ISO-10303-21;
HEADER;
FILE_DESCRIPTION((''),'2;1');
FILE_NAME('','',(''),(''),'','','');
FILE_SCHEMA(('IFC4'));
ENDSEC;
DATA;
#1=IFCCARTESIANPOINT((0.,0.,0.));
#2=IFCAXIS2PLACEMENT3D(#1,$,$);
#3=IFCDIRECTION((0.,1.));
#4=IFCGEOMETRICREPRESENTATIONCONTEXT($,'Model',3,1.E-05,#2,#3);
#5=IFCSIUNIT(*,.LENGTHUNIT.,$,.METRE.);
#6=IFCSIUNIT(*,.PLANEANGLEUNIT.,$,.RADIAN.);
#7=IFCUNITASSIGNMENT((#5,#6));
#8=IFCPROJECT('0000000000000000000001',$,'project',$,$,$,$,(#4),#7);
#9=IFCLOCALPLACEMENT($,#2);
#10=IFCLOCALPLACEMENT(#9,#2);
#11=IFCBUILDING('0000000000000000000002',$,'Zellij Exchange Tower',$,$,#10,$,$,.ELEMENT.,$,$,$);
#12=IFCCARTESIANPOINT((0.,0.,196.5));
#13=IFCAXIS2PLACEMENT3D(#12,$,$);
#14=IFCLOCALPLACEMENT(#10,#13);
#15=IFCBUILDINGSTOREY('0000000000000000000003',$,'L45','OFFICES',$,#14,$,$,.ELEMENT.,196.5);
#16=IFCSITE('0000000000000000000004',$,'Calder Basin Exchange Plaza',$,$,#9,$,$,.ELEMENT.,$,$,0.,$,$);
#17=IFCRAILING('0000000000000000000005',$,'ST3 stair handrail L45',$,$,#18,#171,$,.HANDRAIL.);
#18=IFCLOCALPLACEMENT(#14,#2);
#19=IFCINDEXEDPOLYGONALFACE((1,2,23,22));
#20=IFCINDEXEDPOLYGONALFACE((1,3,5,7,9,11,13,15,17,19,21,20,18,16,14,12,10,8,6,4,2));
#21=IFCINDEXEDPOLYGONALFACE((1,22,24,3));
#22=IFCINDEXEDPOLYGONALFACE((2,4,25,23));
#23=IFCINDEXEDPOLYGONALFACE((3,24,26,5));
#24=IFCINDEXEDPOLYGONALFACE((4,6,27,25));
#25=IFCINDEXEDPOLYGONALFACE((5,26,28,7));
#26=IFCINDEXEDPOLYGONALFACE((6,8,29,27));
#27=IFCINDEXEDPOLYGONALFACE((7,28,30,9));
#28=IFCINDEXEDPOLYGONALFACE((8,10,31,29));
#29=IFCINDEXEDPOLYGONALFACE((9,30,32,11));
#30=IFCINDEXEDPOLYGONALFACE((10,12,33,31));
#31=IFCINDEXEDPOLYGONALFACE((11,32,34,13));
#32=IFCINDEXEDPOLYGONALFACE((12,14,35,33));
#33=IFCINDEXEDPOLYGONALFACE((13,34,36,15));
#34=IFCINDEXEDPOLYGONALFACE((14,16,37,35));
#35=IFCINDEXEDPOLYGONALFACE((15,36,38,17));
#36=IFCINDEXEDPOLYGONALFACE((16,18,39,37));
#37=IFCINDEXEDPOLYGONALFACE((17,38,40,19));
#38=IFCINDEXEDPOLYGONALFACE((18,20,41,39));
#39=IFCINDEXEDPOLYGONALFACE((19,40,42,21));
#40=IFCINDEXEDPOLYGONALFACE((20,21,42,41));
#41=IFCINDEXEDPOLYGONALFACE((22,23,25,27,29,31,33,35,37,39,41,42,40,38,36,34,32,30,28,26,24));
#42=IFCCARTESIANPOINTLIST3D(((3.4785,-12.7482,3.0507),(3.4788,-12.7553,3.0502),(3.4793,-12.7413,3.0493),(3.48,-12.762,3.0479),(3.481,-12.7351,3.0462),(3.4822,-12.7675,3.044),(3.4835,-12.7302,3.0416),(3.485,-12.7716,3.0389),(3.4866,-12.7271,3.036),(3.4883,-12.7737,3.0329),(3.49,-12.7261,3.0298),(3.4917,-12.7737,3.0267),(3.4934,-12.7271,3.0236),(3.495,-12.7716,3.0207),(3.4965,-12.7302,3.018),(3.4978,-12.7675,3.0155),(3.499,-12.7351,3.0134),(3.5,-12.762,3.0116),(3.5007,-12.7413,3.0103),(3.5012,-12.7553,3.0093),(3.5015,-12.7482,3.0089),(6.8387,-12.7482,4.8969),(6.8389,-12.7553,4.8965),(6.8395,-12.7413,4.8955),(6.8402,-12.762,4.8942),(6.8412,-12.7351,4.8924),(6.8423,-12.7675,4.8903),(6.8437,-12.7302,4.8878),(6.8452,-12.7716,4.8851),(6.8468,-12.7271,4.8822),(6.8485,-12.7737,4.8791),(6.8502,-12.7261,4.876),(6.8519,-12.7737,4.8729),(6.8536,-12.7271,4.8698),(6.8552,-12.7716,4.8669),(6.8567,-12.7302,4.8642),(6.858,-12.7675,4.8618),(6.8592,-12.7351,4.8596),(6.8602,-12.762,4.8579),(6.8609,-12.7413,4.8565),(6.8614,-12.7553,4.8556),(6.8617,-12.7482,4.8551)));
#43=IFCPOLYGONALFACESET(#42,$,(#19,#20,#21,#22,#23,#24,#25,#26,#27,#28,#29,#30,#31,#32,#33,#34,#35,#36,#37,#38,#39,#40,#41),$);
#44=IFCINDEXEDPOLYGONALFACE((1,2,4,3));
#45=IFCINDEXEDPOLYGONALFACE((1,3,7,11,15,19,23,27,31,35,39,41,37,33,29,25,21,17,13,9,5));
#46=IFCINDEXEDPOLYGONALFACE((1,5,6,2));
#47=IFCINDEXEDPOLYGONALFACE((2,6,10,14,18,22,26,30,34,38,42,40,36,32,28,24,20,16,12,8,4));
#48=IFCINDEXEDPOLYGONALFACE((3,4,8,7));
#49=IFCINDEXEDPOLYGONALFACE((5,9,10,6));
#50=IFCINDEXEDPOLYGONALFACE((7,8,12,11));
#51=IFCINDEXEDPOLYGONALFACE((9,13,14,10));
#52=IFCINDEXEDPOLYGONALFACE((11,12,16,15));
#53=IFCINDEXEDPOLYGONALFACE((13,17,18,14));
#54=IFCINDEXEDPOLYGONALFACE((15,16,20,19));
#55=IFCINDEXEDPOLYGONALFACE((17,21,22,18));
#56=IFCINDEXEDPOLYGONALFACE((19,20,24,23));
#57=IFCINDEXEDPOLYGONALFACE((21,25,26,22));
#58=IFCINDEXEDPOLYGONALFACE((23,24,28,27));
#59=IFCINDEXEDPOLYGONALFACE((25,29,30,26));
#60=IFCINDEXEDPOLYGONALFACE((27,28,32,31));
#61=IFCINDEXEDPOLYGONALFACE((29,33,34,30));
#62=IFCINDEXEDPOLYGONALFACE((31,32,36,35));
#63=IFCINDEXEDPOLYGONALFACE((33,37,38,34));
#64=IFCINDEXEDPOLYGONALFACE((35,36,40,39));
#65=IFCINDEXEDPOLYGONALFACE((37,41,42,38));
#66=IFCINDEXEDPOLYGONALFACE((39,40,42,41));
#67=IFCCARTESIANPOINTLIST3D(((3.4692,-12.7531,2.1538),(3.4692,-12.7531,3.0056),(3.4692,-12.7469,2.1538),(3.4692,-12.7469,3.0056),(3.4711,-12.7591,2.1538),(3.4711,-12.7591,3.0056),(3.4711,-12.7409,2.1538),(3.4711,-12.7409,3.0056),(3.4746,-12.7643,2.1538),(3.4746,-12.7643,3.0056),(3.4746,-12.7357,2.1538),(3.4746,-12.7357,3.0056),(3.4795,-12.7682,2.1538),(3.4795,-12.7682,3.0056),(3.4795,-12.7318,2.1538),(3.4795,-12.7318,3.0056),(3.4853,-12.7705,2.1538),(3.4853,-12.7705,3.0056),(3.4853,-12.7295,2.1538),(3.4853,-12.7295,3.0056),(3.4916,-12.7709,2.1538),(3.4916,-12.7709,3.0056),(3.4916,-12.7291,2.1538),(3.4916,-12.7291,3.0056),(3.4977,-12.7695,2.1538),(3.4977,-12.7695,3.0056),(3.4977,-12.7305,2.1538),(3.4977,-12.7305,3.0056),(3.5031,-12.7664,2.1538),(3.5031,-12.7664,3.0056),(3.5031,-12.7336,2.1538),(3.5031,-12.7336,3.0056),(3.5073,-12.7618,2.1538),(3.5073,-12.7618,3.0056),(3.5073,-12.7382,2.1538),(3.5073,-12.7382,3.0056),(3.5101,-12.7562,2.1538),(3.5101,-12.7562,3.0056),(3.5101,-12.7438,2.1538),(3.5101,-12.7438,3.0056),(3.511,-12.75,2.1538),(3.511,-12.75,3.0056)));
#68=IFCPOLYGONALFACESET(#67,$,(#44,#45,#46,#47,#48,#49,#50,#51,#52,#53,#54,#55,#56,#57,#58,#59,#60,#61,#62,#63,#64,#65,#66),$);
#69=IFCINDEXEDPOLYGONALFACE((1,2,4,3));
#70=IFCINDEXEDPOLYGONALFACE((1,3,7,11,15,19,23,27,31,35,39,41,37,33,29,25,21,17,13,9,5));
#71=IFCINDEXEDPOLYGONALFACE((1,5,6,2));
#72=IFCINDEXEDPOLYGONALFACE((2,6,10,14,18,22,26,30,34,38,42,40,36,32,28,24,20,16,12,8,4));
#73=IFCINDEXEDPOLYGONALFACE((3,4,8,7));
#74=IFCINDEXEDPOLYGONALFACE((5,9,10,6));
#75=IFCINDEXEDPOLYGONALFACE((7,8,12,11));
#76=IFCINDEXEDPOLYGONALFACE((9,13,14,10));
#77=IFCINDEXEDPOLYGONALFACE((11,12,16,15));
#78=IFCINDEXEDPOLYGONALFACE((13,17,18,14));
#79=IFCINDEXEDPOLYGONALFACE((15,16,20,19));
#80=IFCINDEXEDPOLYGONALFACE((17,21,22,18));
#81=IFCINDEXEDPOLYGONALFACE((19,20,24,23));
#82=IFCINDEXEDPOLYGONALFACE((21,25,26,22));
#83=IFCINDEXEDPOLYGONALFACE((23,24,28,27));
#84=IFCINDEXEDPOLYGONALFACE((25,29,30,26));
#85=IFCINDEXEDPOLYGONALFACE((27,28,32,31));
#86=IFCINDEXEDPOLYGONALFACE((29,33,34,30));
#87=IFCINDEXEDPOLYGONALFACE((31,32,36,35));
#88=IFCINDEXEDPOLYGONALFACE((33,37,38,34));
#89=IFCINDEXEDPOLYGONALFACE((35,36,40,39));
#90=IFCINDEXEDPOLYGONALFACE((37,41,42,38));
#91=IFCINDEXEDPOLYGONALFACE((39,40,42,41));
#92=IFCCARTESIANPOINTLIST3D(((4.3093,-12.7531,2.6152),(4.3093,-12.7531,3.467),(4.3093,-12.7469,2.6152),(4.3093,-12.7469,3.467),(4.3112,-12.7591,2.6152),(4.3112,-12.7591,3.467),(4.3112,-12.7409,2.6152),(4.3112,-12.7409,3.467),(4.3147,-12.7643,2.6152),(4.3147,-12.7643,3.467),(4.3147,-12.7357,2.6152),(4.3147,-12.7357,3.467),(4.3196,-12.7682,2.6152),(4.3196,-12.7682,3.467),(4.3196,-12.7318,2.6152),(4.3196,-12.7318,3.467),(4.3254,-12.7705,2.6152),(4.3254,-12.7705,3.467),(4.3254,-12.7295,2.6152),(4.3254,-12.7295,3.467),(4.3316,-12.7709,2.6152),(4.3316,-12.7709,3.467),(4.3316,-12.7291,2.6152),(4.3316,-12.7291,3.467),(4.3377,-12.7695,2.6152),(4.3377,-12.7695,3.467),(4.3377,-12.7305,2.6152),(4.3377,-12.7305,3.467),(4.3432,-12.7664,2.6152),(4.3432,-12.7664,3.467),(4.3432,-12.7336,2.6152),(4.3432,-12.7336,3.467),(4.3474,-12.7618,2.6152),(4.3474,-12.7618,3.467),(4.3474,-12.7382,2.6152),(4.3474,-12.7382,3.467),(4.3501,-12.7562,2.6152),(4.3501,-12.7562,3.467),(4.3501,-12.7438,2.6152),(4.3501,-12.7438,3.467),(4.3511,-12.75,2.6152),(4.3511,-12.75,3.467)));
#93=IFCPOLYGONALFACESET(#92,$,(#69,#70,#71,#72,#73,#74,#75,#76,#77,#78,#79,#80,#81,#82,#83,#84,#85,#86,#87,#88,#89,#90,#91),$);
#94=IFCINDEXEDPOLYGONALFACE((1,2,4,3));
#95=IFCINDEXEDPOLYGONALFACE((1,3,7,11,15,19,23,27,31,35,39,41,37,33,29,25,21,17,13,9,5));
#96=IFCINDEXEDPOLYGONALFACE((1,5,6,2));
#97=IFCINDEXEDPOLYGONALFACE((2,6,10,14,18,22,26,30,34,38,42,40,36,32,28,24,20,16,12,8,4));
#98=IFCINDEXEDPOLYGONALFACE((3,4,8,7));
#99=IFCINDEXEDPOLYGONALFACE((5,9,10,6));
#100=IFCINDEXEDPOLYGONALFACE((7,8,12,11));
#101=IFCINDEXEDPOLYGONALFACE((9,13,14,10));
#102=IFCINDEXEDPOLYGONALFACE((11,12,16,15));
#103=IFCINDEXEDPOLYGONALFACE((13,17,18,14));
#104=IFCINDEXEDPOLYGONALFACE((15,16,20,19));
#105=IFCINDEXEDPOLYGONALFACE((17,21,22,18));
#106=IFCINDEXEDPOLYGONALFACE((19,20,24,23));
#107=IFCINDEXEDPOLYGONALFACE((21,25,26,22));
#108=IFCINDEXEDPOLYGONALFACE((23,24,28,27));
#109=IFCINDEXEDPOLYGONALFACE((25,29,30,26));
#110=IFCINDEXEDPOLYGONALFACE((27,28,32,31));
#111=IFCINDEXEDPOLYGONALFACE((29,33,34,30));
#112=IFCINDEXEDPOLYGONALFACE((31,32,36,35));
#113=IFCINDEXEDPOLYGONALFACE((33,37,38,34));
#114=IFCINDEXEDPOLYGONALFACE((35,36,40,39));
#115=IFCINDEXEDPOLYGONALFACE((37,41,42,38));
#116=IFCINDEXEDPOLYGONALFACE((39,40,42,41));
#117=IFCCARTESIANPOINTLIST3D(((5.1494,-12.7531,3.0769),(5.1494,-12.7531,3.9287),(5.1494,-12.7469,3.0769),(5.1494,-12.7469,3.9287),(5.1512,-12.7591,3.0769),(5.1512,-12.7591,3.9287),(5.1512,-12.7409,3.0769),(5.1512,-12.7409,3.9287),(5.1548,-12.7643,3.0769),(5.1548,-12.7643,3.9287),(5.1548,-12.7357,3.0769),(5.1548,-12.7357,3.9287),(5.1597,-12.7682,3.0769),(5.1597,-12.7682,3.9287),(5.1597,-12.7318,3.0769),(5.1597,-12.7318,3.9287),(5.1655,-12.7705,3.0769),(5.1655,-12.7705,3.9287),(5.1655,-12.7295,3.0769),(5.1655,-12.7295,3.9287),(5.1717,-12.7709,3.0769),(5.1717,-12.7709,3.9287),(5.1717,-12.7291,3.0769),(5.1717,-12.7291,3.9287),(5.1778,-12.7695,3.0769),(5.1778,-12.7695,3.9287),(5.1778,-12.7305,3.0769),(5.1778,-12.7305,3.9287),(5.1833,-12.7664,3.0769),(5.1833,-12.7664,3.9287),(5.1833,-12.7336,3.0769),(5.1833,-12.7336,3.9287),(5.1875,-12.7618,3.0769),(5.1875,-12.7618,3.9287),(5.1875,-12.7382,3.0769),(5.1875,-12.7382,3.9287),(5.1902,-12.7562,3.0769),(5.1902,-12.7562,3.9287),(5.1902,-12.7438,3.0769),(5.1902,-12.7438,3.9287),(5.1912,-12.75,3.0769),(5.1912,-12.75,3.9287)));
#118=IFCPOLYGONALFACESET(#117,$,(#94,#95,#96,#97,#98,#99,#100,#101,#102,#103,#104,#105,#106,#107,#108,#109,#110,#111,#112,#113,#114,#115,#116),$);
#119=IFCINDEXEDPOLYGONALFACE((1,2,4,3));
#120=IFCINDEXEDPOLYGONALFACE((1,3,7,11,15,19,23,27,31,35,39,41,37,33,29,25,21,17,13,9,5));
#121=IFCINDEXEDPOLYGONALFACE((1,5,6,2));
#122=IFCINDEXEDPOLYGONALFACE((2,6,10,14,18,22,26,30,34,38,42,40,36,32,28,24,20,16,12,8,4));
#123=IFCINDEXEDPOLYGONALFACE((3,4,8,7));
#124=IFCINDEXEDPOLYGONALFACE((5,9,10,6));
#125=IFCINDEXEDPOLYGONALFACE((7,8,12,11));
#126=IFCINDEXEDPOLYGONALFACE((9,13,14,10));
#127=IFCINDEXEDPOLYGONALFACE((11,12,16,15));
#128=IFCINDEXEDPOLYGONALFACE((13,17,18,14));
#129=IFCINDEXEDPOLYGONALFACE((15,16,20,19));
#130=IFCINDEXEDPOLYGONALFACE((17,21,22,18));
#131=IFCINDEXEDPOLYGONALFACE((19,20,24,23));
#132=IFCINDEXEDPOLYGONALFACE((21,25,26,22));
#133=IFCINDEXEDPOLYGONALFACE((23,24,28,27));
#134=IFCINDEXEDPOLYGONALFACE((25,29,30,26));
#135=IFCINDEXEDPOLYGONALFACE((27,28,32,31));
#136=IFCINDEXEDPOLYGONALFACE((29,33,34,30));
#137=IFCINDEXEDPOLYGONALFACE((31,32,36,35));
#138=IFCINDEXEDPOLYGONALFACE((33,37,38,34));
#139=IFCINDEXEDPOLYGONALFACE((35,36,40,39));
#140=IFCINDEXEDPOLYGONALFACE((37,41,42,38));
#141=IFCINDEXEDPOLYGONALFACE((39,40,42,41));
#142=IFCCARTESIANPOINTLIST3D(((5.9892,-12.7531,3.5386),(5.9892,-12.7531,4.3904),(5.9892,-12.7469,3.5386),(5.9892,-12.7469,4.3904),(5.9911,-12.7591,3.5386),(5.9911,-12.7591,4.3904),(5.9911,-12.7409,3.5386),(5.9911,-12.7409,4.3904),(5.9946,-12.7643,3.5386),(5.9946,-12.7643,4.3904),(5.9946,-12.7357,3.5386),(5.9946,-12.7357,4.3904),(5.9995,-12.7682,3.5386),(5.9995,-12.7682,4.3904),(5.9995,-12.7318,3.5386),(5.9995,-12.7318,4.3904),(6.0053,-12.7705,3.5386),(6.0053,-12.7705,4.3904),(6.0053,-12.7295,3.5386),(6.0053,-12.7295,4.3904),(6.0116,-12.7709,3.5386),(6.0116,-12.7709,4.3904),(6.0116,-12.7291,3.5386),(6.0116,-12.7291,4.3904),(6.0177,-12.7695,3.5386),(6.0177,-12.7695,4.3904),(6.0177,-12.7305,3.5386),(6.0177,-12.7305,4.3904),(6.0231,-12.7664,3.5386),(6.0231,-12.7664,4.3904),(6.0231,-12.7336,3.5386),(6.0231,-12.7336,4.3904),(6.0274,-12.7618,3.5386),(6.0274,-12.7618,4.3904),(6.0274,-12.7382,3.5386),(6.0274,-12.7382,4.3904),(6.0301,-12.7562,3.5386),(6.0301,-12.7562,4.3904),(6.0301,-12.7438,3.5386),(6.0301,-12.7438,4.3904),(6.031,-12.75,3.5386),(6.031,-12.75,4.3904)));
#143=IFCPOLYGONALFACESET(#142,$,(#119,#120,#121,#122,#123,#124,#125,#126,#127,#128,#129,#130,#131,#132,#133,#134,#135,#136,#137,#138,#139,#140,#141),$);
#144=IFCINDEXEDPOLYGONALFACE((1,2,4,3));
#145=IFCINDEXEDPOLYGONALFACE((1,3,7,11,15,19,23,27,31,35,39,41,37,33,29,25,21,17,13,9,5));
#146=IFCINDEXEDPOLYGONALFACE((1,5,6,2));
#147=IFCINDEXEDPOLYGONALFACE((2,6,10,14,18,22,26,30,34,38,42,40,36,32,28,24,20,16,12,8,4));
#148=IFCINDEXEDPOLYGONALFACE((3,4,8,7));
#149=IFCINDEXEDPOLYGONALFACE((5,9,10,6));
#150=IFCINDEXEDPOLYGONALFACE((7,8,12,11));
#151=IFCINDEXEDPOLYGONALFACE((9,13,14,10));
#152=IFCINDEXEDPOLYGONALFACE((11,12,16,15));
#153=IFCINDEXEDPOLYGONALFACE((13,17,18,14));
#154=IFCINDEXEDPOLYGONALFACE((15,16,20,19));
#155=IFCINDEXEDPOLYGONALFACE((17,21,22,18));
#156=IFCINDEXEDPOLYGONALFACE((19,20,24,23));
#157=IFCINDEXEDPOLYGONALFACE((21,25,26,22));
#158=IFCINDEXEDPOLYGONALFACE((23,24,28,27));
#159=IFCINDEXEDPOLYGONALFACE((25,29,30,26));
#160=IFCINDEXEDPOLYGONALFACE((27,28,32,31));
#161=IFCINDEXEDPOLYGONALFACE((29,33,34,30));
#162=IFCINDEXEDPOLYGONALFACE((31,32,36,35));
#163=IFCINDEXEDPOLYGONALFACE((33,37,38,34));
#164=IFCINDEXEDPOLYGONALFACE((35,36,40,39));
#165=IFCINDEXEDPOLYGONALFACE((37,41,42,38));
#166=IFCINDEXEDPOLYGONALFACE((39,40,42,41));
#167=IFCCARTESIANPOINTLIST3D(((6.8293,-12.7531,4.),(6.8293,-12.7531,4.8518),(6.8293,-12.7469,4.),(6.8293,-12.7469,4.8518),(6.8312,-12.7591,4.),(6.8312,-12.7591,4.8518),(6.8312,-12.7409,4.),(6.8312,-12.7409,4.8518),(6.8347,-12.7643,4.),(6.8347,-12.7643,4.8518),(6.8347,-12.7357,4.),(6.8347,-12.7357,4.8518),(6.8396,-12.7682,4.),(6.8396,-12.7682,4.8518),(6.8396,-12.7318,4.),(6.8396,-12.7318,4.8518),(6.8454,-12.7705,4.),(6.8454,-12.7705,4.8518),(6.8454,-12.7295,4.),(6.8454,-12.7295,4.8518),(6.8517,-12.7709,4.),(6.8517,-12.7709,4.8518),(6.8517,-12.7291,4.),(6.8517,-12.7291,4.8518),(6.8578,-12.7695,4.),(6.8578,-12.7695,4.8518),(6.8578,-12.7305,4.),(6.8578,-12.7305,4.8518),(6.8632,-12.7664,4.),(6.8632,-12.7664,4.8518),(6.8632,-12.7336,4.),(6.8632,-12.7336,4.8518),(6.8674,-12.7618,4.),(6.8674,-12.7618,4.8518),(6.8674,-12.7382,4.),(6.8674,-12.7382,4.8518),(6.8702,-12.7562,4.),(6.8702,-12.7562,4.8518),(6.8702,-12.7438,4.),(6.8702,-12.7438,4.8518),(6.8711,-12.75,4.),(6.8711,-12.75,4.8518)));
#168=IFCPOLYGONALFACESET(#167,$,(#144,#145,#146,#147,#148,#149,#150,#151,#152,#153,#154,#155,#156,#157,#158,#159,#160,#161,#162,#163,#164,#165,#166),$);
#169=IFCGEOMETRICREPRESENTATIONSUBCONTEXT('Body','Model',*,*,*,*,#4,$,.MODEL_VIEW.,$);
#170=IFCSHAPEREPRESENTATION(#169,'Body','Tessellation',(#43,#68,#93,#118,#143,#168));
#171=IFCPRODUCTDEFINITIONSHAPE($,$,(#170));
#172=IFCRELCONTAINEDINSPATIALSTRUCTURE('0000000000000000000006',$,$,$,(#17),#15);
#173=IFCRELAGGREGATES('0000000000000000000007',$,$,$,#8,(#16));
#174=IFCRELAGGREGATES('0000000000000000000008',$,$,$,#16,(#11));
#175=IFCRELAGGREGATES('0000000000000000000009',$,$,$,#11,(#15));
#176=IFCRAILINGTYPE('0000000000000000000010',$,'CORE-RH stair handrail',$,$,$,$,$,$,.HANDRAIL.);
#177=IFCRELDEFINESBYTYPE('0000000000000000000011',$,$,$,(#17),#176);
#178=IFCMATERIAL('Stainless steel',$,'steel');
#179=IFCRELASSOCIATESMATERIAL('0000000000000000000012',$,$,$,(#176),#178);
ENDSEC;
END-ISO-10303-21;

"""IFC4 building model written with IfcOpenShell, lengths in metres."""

from ifc_helpers import new_model, si_unit, direction, frame, origin, origin_2d, place, context, subcontext, project, spatial, circle, extrude, material, type_object, element, save


model = new_model("IFC4")

# Units and contexts
model_context = context("Model", 3, precision=1e-05, world=origin(), true_north=direction((0.0, 1.0)))
body_context = subcontext(model_context, "Body", "Model", "MODEL_VIEW")
ifc_project = project(units=[si_unit("LENGTHUNIT", "METRE"), si_unit("PLANEANGLEUNIT", "RADIAN")], contexts=[model_context])

# Site, building, storey
site_placement = place(None, origin())
site = spatial("IfcSite", under=ifc_project, at=site_placement, Name="Calder Basin Exchange Plaza", CompositionType="ELEMENT", RefElevation=0.0)
building_placement = place(site_placement, origin())
building = spatial("IfcBuilding", under=site, at=building_placement, Name="Zellij Exchange Tower", CompositionType="ELEMENT")
storey_placement = place(building_placement, frame((0.0, 0.0, 196.5)))
storey = spatial("IfcBuildingStorey", under=building, at=storey_placement, Name="L45", Description="OFFICES", CompositionType="ELEMENT", Elevation=196.5)

# Railing
ifc_material_1 = material(Name="Stainless steel", Category="steel")
railing_type_1 = type_object("IfcRailingType", Name="CORE-RH stair handrail", PredefinedType="HANDRAIL", material=ifc_material_1)
railing_1_placement = place(storey_placement, frame((3.49, -12.75, 2.1538)))
element("IfcRailing", 1, at=railing_1_placement, inside=storey, type_object=railing_type_1, Name="ST3 stair handrail L45", PredefinedType="HANDRAIL", context=body_context, shape_type="SweptSolid", body=[
    extrude(circle(Radius=0.0239, at=origin_2d()), frame((0.0, 0.0, 0.876), z_axis=(0.876422, 0.0, 0.481545), x_axis=(0.0, 1.0, 0.0)), (0.0, 0.0, 1.0), 3.834),
    extrude(circle(Radius=0.021, at=origin_2d()), origin(), (0.0, 0.0, 1.0), 0.8518),
    extrude(circle(Radius=0.021, at=origin_2d()), frame((0.8401, 0.0, 0.4614)), (0.0, 0.0, 1.0), 0.8518),
    extrude(circle(Radius=0.021, at=origin_2d()), frame((1.6802, 0.0, 0.9231)), (0.0, 0.0, 1.0), 0.8518),
    extrude(circle(Radius=0.021, at=origin_2d()), frame((2.52, 0.0, 1.3848)), (0.0, 0.0, 1.0), 0.8518),
    extrude(circle(Radius=0.021, at=origin_2d()), frame((3.3601, 0.0, 1.8462)), (0.0, 0.0, 1.0), 0.8518),
])

save(model, "model.ifc")
